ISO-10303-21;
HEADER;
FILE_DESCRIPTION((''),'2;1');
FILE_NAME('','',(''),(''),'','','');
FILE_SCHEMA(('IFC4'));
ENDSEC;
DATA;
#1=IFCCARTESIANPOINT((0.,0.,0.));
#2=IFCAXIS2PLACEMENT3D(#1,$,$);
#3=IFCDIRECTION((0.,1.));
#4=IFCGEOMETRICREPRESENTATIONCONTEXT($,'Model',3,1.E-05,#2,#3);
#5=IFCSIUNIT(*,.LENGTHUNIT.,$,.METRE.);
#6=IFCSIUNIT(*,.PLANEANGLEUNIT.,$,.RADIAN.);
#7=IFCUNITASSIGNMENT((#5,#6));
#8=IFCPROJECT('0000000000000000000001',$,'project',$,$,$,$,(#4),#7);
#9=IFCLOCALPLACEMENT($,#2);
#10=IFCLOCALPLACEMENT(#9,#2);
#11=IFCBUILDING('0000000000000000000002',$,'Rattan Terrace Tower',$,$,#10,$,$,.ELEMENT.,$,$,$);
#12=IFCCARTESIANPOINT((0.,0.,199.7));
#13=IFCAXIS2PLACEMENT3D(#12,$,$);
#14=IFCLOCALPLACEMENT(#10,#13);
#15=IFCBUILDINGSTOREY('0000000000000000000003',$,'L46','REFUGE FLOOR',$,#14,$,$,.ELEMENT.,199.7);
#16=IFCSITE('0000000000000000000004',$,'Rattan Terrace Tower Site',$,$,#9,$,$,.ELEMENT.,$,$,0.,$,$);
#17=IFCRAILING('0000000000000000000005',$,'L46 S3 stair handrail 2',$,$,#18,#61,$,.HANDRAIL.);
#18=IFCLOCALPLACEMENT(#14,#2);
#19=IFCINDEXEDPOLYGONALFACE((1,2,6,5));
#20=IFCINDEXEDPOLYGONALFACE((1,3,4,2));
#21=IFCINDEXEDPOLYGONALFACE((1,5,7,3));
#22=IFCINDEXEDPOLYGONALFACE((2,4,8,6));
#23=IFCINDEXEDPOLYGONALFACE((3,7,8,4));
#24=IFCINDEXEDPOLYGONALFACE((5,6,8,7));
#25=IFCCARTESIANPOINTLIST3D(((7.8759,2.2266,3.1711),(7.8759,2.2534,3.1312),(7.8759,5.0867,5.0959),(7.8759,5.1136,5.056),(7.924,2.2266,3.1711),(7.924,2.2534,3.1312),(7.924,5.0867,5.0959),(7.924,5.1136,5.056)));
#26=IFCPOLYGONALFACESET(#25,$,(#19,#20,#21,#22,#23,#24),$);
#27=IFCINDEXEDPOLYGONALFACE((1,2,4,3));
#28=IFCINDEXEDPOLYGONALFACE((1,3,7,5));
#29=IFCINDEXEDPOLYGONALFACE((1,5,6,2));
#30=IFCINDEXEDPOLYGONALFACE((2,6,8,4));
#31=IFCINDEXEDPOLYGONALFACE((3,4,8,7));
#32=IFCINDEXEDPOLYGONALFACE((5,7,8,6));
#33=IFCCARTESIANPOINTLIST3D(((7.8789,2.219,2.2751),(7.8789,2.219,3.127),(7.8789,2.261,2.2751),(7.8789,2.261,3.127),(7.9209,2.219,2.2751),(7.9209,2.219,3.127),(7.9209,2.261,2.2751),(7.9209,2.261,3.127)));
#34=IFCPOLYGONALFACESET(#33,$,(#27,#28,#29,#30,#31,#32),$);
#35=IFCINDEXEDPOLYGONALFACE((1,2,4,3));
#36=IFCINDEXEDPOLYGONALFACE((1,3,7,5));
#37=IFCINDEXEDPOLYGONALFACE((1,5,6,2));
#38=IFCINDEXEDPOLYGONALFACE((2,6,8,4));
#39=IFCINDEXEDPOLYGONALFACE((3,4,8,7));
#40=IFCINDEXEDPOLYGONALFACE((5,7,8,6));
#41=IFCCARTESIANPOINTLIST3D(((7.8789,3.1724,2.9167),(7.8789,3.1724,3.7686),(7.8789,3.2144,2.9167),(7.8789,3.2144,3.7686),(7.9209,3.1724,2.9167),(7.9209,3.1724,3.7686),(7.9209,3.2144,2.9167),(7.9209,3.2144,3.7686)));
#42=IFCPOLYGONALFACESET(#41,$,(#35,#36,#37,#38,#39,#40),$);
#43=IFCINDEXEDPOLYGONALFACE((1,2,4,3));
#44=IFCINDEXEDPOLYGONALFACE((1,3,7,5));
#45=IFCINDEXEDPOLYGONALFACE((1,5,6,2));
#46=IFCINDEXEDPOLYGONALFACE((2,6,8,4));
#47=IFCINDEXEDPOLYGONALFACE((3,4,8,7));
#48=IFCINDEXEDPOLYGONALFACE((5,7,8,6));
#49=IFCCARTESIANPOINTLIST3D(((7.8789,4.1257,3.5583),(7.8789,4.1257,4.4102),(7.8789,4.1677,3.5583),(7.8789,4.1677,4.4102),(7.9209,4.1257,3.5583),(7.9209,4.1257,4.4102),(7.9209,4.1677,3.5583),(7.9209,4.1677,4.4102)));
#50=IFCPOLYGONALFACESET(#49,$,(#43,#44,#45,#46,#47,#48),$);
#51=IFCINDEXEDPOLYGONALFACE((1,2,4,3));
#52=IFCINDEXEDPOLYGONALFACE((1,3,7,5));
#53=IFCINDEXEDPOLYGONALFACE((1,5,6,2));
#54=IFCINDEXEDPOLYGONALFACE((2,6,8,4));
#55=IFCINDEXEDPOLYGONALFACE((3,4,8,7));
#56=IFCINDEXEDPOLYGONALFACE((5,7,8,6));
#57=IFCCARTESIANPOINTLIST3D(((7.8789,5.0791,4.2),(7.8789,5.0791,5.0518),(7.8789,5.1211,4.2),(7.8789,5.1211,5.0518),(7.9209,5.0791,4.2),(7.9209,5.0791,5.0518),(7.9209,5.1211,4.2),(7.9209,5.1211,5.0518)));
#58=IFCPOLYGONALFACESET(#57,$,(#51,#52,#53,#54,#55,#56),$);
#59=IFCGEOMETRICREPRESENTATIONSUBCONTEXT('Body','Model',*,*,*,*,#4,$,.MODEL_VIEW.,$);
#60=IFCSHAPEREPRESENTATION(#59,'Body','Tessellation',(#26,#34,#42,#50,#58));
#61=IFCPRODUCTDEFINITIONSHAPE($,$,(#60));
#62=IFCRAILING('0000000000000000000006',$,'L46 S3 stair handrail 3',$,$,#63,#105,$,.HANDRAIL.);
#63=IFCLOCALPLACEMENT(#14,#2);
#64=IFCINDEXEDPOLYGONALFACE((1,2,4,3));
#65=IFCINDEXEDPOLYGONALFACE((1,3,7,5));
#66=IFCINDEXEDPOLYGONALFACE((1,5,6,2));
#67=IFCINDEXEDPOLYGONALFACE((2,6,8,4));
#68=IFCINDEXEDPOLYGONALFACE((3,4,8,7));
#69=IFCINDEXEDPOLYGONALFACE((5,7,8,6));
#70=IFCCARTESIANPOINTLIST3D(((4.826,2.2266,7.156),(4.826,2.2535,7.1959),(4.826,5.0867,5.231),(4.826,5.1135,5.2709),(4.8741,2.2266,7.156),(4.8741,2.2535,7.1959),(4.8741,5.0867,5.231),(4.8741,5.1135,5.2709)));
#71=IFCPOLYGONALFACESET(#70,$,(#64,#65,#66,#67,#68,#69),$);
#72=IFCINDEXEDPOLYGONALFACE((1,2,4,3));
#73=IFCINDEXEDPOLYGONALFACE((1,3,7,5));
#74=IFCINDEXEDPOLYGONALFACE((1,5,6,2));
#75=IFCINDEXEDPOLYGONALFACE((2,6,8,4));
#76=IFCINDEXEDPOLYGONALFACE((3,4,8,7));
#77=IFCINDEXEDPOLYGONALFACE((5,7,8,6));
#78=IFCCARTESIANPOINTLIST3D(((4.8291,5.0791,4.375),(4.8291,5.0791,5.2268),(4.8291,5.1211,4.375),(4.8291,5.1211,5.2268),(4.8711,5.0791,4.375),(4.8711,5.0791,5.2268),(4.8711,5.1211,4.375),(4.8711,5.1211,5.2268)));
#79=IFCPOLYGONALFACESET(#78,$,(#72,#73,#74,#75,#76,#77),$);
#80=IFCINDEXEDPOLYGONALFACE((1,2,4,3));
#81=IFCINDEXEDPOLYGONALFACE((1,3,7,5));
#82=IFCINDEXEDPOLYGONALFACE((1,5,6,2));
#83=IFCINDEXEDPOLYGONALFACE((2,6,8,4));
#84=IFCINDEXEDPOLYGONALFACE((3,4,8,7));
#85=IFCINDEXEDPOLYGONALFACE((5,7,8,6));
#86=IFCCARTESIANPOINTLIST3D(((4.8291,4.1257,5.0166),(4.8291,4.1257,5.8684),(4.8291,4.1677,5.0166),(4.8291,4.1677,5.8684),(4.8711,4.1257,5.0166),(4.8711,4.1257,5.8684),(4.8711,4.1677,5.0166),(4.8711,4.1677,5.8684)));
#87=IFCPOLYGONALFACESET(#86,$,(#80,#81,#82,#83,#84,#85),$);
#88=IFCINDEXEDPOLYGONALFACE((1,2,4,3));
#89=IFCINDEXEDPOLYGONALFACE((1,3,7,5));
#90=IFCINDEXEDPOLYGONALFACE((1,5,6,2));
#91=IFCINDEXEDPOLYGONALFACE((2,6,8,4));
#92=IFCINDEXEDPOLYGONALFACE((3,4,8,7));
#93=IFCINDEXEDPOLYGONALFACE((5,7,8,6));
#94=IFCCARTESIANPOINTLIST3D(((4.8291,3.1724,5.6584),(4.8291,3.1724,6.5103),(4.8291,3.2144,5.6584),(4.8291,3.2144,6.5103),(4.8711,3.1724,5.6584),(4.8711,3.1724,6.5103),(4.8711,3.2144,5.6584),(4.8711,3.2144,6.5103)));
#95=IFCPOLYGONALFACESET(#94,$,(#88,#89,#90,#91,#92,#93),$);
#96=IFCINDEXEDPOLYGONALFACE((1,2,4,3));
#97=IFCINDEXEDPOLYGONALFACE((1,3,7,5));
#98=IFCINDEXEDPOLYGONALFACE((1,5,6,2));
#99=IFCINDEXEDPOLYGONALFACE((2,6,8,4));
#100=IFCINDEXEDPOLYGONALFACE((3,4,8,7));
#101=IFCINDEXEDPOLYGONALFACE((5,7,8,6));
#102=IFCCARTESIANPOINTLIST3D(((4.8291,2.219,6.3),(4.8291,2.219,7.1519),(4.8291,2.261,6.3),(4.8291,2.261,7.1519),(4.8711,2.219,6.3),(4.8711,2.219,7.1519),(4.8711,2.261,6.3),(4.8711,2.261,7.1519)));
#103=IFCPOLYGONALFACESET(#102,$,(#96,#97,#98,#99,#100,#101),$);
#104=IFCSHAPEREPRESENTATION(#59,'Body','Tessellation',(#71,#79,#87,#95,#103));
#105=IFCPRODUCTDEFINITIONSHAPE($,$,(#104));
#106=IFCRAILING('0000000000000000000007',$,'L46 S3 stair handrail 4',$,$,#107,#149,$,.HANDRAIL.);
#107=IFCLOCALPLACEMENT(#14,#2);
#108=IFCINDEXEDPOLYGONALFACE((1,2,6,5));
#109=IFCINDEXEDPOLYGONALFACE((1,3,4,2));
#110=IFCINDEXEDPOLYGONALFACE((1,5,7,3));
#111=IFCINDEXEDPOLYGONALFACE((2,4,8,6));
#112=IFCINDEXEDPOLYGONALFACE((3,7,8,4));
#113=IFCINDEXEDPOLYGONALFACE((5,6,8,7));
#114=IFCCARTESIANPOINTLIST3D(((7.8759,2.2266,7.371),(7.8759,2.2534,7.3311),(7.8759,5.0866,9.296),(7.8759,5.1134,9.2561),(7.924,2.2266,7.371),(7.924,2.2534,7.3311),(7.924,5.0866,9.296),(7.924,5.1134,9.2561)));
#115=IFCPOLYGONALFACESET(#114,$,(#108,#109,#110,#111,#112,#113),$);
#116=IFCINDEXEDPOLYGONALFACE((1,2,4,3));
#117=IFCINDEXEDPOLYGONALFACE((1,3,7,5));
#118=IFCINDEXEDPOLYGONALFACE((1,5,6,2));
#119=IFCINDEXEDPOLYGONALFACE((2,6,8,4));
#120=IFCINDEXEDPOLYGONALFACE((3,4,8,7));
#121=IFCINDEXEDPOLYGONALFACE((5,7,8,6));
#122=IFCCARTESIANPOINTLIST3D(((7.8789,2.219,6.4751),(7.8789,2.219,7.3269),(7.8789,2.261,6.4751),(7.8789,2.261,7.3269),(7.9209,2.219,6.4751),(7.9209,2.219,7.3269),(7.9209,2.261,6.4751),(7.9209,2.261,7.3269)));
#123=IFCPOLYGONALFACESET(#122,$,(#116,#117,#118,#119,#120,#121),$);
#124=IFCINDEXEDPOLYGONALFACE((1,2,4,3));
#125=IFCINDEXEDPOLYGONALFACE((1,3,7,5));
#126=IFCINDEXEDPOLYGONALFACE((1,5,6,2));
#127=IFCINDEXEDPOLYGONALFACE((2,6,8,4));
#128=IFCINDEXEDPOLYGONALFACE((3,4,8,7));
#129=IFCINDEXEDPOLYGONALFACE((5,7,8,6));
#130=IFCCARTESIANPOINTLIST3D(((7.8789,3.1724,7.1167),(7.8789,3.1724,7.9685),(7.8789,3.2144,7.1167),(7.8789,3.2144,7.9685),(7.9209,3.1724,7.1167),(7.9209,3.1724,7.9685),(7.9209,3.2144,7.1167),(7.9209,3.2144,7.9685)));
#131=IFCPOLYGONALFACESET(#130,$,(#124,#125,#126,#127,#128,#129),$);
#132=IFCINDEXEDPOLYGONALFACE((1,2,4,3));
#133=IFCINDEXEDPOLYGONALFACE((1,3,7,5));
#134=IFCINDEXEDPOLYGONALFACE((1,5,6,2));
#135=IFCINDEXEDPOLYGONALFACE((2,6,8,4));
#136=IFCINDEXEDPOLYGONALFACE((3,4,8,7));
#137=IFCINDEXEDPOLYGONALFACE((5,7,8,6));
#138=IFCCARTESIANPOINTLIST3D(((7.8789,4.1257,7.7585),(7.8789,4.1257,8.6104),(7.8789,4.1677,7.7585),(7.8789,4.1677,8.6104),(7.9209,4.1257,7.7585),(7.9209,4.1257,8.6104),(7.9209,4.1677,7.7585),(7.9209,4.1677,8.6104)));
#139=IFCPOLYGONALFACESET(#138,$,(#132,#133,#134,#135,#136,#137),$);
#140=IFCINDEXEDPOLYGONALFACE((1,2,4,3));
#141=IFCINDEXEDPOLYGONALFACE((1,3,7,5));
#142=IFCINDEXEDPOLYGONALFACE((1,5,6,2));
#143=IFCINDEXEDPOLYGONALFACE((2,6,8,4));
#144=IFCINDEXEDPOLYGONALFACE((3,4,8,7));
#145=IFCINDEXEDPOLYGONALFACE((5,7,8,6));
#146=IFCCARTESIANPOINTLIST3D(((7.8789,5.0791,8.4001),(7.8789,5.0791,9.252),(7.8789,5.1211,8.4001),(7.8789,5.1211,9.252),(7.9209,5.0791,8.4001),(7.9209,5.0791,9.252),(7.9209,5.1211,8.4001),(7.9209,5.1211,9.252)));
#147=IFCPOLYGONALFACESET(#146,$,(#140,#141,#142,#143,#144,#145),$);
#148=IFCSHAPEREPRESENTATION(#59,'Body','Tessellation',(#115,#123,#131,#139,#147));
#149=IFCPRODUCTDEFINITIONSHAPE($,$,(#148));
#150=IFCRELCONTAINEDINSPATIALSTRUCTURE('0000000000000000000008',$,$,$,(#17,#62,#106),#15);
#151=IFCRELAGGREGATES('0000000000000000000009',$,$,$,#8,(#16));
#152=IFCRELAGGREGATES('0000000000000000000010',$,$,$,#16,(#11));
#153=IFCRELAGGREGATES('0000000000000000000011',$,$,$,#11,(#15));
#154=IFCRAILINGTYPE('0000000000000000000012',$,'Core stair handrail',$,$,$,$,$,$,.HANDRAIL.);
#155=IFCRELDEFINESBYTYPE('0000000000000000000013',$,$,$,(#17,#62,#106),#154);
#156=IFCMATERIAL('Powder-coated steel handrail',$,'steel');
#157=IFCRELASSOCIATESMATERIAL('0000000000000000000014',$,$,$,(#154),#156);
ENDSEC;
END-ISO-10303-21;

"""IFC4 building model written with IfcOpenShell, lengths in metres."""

from ifc_helpers import new_model, si_unit, direction, frame, origin, origin_2d, place, context, subcontext, project, spatial, rectangle, extrude, material, type_object, element, save


model = new_model("IFC4")

# Units and contexts
model_context = context("Model", 3, precision=1e-05, world=origin(), true_north=direction((0.0, 1.0)))
body_context = subcontext(model_context, "Body", "Model", "MODEL_VIEW")
ifc_project = project(units=[si_unit("LENGTHUNIT", "METRE"), si_unit("PLANEANGLEUNIT", "RADIAN")], contexts=[model_context])

# Site, building, storey
site_placement = place(None, origin())
site = spatial("IfcSite", under=ifc_project, at=site_placement, Name="Rattan Terrace Tower Site", CompositionType="ELEMENT", RefElevation=0.0)
building_placement = place(site_placement, origin())
building = spatial("IfcBuilding", under=site, at=building_placement, Name="Rattan Terrace Tower", CompositionType="ELEMENT")
storey_placement = place(building_placement, frame((0.0, 0.0, 199.7)))
storey = spatial("IfcBuildingStorey", under=building, at=storey_placement, Name="L46", Description="REFUGE FLOOR", CompositionType="ELEMENT", Elevation=199.7)

# Railings
ifc_material_1 = material(Name="Powder-coated steel handrail", Category="steel")
railing_type_1 = type_object("IfcRailingType", Name="Core stair handrail", PredefinedType="HANDRAIL", material=ifc_material_1)
railing_1_placement = place(storey_placement, frame((7.8999, 2.24, 2.2751)))
element("IfcRailing", 1, at=railing_1_placement, inside=storey, type_object=railing_type_1, Name="L46 S3 stair handrail 2", PredefinedType="HANDRAIL", context=body_context, shape_type="SweptSolid", body=[
    extrude(rectangle(XDim=0.0481, YDim=0.0481, at=origin_2d()), frame((0.0, 0.0, 0.876), z_axis=(0.0, 0.829624, 0.558323), x_axis=(-1.0, 0.0, 0.0)), (0.0, 0.0, 1.0), 3.4475),
    extrude(rectangle(XDim=0.042, YDim=0.042, at=origin_2d()), origin(), (0.0, 0.0, 1.0), 0.8518),
    extrude(rectangle(XDim=0.042, YDim=0.042, at=origin_2d()), frame((0.0, 0.9534, 0.6416)), (0.0, 0.0, 1.0), 0.8518),
    extrude(rectangle(XDim=0.042, YDim=0.042, at=origin_2d()), frame((0.0, 1.9067, 1.2832)), (0.0, 0.0, 1.0), 0.8518),
    extrude(rectangle(XDim=0.042, YDim=0.042, at=origin_2d()), frame((0.0, 2.8601, 1.9248)), (0.0, 0.0, 1.0), 0.8518),
])
railing_2_placement = place(storey_placement, frame((4.8501, 5.1001, 4.375)))
element("IfcRailing", 2, at=railing_2_placement, inside=storey, type_object=railing_type_1, Name="L46 S3 stair handrail 3", PredefinedType="HANDRAIL", context=body_context, shape_type="SweptSolid", body=[
    extrude(rectangle(XDim=0.0481, YDim=0.0481, at=origin_2d()), frame((0.0, 0.0, 0.876), z_axis=(0.0, -0.829591, 0.558372), x_axis=(1.0, 0.0, 0.0)), (0.0, 0.0, 1.0), 3.4475),
    extrude(rectangle(XDim=0.042, YDim=0.042, at=origin_2d()), origin(), (0.0, 0.0, 1.0), 0.8518),
    extrude(rectangle(XDim=0.042, YDim=0.042, at=origin_2d()), frame((0.0, -0.9534, 0.6416)), (0.0, 0.0, 1.0), 0.8518),
    extrude(rectangle(XDim=0.042, YDim=0.042, at=origin_2d()), frame((0.0, -1.9067, 1.2834)), (0.0, 0.0, 1.0), 0.8518),
    extrude(rectangle(XDim=0.042, YDim=0.042, at=origin_2d()), frame((0.0, -2.8601, 1.925)), (0.0, 0.0, 1.0), 0.8518),
])
railing_3_placement = place(storey_placement, frame((7.8999, 2.24, 6.4751)))
element("IfcRailing", 3, at=railing_3_placement, inside=storey, type_object=railing_type_1, Name="L46 S3 stair handrail 4", PredefinedType="HANDRAIL", context=body_context, shape_type="SweptSolid", body=[
    extrude(rectangle(XDim=0.0481, YDim=0.0481, at=origin_2d()), frame((0.0, 0.0, 0.876), z_axis=(0.0, 0.829591, 0.558372), x_axis=(-1.0, 0.0, 0.0)), (0.0, 0.0, 1.0), 3.4475),
    extrude(rectangle(XDim=0.042, YDim=0.042, at=origin_2d()), origin(), (0.0, 0.0, 1.0), 0.8518),
    extrude(rectangle(XDim=0.042, YDim=0.042, at=origin_2d()), frame((0.0, 0.9534, 0.6416)), (0.0, 0.0, 1.0), 0.8518),
    extrude(rectangle(XDim=0.042, YDim=0.042, at=origin_2d()), frame((0.0, 1.9067, 1.2834)), (0.0, 0.0, 1.0), 0.8518),
    extrude(rectangle(XDim=0.042, YDim=0.042, at=origin_2d()), frame((0.0, 2.8601, 1.925)), (0.0, 0.0, 1.0), 0.8518),
])

save(model, "model.ifc")
